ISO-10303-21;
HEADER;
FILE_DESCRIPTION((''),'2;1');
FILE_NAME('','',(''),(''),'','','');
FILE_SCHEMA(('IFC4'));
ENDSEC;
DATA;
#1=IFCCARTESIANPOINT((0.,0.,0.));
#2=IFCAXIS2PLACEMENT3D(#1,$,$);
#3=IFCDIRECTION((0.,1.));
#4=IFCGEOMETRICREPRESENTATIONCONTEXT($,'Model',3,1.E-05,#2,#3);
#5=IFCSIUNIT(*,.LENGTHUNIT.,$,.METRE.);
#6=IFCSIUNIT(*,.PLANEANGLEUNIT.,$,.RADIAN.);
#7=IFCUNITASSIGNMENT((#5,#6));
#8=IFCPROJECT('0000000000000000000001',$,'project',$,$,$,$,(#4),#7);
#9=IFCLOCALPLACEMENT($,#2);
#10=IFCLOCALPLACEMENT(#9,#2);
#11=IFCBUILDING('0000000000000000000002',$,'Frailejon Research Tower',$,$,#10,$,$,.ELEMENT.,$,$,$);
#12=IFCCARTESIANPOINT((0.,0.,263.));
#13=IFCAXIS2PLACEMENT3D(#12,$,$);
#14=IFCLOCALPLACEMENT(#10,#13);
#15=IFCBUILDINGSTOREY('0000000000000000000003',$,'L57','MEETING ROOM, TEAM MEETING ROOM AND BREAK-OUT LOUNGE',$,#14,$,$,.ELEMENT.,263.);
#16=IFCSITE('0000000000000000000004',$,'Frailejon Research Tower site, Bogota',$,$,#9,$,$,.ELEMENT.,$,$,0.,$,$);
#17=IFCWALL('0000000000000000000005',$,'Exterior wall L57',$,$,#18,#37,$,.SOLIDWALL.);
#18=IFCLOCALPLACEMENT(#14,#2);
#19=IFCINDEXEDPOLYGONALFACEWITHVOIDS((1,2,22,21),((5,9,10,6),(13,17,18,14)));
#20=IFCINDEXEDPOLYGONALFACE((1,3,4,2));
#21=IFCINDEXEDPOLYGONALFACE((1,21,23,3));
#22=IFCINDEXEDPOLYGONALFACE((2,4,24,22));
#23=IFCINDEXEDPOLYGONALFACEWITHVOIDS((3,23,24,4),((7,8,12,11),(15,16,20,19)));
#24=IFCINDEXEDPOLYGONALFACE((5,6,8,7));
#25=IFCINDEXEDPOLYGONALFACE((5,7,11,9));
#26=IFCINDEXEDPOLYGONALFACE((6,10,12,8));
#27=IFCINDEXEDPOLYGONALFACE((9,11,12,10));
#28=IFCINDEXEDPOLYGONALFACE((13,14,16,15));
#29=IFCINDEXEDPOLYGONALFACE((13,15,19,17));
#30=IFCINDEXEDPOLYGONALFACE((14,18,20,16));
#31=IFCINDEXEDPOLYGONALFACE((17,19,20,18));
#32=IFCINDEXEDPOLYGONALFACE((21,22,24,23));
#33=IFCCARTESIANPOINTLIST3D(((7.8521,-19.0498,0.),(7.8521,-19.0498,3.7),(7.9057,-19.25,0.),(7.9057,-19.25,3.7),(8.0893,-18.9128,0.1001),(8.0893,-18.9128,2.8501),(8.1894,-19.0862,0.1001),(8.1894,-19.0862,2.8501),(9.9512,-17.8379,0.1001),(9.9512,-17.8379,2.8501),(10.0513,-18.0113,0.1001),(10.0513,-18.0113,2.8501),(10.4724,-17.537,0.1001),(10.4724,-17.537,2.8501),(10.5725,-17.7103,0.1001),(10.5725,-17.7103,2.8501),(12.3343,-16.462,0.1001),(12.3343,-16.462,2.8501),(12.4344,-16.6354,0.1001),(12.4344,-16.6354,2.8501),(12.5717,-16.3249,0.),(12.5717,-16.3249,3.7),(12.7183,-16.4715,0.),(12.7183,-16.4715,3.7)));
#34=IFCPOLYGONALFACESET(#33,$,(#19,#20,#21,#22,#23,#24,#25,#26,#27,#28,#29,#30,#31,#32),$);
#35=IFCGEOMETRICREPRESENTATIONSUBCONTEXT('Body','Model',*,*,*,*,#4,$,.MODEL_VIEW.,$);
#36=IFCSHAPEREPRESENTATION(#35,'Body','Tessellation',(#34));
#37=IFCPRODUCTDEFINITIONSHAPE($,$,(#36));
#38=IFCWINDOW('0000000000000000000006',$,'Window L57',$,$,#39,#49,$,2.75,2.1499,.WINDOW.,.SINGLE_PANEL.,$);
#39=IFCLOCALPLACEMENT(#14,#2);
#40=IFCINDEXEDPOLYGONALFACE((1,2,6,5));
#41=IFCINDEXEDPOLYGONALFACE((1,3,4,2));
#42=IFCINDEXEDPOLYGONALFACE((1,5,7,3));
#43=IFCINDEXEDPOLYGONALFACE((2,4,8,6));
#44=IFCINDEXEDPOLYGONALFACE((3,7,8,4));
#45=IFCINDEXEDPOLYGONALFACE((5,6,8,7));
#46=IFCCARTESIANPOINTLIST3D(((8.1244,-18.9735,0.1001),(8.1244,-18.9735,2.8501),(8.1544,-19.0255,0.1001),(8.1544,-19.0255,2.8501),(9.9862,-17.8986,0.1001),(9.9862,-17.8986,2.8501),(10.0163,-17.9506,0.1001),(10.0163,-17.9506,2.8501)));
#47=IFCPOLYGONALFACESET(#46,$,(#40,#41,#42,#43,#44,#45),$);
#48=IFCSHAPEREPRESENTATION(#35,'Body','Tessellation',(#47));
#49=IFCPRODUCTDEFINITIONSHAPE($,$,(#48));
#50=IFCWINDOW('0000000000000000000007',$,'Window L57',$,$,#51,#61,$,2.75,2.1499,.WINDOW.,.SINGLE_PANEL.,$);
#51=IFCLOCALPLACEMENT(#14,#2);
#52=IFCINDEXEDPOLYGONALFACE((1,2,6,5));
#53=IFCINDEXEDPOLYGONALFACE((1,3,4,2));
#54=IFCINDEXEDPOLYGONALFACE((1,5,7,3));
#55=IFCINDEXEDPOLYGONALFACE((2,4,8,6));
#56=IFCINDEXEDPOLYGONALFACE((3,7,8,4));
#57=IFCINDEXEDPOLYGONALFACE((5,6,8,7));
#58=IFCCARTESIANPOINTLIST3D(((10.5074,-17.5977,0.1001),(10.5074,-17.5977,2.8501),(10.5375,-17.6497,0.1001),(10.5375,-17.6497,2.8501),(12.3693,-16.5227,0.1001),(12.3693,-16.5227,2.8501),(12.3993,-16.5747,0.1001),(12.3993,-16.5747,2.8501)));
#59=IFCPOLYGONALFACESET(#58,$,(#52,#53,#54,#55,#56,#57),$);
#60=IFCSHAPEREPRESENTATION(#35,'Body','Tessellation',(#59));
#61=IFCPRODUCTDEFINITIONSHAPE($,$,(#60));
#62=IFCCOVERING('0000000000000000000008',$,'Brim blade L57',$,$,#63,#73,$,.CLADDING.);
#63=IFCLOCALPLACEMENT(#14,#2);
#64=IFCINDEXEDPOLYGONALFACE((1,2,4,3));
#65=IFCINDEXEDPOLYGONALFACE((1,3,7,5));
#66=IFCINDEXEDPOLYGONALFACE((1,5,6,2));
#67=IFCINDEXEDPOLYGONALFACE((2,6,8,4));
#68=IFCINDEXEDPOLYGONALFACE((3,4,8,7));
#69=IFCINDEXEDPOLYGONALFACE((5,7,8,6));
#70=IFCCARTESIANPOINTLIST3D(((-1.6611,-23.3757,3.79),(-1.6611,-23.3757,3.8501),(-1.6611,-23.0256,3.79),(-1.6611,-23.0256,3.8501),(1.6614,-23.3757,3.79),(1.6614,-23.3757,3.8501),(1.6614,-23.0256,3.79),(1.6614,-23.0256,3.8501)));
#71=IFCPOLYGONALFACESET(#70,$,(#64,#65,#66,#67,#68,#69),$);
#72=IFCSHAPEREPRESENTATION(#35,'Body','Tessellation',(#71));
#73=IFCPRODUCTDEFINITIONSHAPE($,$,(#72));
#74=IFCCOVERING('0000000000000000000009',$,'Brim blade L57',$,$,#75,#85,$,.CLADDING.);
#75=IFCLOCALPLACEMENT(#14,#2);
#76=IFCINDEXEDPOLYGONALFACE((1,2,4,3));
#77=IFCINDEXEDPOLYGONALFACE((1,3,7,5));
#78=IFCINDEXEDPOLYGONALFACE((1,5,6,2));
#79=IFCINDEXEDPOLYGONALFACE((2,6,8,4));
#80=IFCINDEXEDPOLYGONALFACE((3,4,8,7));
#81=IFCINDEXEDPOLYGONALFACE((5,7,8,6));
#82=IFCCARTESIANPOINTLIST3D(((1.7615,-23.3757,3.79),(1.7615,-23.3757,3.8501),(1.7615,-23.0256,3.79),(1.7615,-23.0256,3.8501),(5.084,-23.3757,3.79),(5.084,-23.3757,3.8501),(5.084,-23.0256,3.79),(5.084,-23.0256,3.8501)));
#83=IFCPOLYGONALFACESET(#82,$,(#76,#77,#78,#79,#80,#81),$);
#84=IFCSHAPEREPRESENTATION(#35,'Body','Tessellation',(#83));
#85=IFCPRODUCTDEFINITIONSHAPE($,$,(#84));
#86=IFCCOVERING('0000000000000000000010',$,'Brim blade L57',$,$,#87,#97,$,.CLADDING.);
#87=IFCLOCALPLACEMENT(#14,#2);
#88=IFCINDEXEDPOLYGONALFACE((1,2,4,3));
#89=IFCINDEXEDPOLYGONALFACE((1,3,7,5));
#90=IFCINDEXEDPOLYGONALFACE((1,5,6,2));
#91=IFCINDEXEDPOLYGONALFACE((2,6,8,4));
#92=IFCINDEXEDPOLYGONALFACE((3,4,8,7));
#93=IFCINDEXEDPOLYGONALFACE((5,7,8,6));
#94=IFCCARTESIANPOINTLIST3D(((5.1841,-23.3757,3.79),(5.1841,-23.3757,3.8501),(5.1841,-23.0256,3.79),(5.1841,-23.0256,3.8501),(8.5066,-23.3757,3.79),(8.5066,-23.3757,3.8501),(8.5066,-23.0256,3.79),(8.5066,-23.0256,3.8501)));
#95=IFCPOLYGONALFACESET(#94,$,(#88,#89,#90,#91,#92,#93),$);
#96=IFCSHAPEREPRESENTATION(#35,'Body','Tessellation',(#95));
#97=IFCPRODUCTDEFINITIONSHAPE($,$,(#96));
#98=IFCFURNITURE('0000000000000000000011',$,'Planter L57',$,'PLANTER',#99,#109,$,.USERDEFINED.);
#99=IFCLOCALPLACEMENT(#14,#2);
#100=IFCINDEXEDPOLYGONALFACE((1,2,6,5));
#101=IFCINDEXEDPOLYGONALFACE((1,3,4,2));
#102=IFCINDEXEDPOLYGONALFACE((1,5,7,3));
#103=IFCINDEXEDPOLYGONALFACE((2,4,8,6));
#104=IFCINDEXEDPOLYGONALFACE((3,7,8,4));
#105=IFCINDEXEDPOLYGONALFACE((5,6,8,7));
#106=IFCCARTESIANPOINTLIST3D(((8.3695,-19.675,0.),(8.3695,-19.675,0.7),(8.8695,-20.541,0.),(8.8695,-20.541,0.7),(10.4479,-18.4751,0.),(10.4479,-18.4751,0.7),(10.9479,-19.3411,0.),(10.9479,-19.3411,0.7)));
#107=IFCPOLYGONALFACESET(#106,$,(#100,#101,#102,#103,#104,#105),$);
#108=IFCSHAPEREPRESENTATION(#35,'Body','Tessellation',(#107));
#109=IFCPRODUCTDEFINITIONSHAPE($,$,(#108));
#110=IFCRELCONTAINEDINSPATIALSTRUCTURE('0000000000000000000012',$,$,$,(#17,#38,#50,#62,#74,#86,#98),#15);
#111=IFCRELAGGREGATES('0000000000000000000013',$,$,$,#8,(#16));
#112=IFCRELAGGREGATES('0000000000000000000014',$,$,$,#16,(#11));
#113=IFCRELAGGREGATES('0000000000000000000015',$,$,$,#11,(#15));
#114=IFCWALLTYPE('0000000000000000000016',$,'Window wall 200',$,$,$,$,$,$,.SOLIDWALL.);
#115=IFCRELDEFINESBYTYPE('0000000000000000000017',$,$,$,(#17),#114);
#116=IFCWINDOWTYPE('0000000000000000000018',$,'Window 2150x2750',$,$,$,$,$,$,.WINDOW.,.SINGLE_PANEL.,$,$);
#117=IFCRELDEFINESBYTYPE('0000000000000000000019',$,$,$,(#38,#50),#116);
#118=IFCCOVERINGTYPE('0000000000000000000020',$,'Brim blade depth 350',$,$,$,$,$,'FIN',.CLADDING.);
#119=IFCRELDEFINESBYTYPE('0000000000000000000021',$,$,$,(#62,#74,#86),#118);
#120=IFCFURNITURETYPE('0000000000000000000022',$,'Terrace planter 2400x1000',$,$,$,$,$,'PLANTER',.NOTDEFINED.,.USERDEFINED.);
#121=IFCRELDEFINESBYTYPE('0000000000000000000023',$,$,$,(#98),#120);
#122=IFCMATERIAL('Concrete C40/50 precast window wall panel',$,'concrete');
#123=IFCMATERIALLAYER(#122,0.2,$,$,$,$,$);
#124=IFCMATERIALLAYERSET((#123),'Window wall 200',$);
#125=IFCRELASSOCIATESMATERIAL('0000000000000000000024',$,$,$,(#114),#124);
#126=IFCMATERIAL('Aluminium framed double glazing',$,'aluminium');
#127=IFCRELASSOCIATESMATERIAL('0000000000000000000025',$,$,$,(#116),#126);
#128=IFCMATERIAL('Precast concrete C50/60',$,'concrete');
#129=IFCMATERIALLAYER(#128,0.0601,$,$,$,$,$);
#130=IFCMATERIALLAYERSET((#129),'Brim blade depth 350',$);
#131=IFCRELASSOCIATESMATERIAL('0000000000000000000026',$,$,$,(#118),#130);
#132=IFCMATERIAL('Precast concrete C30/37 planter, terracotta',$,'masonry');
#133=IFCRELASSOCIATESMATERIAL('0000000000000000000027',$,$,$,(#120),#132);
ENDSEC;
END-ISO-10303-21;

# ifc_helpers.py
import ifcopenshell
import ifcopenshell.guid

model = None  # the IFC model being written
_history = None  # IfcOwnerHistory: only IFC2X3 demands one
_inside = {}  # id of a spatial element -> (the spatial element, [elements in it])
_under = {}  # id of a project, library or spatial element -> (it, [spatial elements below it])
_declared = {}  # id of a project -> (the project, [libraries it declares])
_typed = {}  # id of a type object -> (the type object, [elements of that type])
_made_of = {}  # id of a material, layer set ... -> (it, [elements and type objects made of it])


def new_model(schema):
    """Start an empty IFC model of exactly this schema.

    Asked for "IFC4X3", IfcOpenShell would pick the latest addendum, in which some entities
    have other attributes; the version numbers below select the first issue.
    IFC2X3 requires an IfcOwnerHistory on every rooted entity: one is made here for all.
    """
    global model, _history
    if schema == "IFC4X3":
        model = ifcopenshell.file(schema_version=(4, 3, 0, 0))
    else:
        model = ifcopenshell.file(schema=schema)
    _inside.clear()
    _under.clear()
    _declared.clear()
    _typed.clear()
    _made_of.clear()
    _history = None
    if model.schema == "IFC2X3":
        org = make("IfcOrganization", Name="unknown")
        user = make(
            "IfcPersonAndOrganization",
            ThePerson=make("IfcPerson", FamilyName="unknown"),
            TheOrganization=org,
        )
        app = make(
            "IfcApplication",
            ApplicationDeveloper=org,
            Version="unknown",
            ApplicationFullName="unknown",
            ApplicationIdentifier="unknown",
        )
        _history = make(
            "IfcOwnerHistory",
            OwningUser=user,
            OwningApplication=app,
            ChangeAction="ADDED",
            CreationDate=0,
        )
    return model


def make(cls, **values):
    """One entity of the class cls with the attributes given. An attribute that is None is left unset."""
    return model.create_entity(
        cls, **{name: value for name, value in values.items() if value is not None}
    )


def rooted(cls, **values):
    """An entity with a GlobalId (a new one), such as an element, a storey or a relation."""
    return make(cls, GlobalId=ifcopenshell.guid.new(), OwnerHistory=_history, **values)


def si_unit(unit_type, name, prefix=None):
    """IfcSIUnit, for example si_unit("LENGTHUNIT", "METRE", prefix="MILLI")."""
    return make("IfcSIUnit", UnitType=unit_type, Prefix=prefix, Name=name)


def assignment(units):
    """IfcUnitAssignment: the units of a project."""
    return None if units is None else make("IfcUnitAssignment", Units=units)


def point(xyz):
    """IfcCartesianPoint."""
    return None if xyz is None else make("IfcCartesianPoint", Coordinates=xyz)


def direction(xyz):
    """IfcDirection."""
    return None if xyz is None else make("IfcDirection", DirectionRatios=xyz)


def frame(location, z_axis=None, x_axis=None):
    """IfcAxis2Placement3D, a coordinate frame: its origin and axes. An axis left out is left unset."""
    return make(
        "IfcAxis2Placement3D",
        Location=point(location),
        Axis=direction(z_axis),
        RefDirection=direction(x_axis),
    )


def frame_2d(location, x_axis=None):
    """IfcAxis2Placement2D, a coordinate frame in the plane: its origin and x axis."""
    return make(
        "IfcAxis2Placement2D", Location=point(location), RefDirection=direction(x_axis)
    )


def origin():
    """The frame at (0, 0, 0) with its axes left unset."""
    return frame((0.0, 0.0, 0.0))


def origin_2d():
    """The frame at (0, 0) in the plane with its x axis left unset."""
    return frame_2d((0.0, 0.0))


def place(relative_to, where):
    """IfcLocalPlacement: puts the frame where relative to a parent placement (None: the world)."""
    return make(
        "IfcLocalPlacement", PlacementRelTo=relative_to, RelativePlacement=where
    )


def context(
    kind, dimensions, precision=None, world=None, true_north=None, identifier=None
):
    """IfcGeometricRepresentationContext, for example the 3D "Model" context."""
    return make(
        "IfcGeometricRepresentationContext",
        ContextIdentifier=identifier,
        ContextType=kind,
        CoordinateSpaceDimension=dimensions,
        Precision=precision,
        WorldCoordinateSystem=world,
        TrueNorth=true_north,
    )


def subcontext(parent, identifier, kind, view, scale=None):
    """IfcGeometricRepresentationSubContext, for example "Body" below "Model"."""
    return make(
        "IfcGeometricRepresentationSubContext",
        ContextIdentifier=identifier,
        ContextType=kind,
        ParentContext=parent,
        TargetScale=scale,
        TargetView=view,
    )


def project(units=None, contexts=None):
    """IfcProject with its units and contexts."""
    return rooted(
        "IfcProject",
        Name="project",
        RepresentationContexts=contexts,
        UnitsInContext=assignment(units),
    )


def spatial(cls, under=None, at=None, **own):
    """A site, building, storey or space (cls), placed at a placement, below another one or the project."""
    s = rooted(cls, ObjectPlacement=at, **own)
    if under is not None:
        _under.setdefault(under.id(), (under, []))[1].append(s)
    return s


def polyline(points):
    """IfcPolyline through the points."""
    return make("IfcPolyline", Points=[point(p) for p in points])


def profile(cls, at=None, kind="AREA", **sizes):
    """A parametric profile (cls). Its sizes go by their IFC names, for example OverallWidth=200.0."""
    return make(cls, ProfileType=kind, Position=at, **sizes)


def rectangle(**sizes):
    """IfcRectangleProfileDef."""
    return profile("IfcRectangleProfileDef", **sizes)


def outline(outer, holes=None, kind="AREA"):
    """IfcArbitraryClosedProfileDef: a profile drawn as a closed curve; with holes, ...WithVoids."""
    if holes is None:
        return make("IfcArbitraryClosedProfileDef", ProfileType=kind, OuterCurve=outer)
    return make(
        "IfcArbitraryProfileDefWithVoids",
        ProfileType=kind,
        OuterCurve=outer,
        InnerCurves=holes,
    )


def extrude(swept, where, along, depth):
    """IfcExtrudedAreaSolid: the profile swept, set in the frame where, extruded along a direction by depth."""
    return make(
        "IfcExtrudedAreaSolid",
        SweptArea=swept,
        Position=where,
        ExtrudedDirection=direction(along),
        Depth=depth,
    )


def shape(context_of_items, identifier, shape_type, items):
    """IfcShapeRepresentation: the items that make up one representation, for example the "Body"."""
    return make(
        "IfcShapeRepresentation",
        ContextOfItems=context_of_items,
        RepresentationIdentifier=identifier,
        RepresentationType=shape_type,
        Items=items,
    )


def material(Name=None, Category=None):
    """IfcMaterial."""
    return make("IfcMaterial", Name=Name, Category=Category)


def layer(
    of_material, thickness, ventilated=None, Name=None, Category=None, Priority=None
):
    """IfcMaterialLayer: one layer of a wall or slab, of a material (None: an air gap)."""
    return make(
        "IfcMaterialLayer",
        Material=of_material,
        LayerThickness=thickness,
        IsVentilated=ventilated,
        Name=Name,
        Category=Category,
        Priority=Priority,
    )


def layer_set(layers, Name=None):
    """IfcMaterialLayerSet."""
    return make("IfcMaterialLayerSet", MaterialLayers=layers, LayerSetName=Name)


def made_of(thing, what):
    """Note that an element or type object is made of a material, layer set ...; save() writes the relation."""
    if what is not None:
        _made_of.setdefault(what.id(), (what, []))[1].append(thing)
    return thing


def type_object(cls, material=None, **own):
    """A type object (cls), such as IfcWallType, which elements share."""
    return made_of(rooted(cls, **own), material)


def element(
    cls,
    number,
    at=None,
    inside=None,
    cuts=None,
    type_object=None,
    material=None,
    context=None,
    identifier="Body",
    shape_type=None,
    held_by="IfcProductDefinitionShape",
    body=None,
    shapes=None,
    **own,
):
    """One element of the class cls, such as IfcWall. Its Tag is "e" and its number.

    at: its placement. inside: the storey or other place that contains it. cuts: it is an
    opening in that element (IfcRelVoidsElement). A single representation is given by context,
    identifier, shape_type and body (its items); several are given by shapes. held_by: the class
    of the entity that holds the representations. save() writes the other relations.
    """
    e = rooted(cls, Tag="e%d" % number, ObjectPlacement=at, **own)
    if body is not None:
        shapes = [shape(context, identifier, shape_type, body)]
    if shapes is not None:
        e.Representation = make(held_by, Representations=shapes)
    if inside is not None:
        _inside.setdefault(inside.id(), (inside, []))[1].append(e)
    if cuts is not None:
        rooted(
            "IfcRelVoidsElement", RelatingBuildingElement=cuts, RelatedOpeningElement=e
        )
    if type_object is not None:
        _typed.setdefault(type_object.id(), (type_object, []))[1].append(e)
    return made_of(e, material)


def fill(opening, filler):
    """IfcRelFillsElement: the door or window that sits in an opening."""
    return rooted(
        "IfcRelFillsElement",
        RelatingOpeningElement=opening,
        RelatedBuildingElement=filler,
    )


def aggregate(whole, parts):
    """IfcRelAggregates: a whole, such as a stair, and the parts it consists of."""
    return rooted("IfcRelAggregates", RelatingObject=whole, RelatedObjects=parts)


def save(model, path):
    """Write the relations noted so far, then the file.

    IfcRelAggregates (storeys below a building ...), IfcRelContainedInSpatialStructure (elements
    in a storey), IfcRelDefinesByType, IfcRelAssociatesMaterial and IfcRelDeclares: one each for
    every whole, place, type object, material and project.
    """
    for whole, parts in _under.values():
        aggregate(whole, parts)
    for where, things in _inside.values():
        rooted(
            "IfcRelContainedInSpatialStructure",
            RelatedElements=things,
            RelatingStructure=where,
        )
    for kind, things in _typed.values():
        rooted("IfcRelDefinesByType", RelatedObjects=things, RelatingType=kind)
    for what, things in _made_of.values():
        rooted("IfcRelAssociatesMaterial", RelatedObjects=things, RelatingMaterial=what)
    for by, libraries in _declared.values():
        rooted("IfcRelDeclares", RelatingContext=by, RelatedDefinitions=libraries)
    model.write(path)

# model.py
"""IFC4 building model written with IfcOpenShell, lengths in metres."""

from ifc_helpers import new_model, si_unit, direction, frame, frame_2d, origin, origin_2d, place, context, subcontext, project, spatial, polyline, rectangle, outline, extrude, material, layer, layer_set, type_object, element, fill, save


model = new_model("IFC4")

# Units and contexts
model_context = context("Model", 3, precision=1e-05, world=origin(), true_north=direction((0.0, 1.0)))
body_context = subcontext(model_context, "Body", "Model", "MODEL_VIEW")
ifc_project = project(units=[si_unit("LENGTHUNIT", "METRE"), si_unit("PLANEANGLEUNIT", "RADIAN")], contexts=[model_context])

# Site, building, storey
site_placement = place(None, origin())
site = spatial("IfcSite", under=ifc_project, at=site_placement, Name="Frailejon Research Tower site, Bogota", CompositionType="ELEMENT", RefElevation=0.0)
building_placement = place(site_placement, origin())
building = spatial("IfcBuilding", under=site, at=building_placement, Name="Frailejon Research Tower", CompositionType="ELEMENT")
storey_placement = place(building_placement, frame((0.0, 0.0, 263.0)))
storey = spatial("IfcBuildingStorey", under=building, at=storey_placement, Name="L57", Description="MEETING ROOM, TEAM MEETING ROOM AND BREAK-OUT LOUNGE", CompositionType="ELEMENT", Elevation=263.0)

# Wall, openings, windows
ifc_material_1 = material(Name="Concrete C40/50 precast window wall panel", Category="concrete")
ifc_layer_1 = layer(ifc_material_1, 0.2)
ifc_layer_set_1 = layer_set([ifc_layer_1], Name="Window wall 200")
wall_type_1 = type_object("IfcWallType", Name="Window wall 200", PredefinedType="SOLIDWALL", material=ifc_layer_set_1)
wall_1_placement = place(storey_placement, frame((7.8789, -19.1499, 0.0), z_axis=(0.0, 0.0, 1.0), x_axis=(0.866026, 0.499999, 0.0)))
wall_1 = element("IfcWall", 1, at=wall_1_placement, inside=storey, type_object=wall_type_1, Name="Exterior wall L57", PredefinedType="SOLIDWALL", context=body_context, shape_type="SweptSolid", body=[
    extrude(outline(polyline([(-0.0269, -0.1001), (1.0845, -0.1001), (2.196, -0.1001), (3.3074, -0.1001), (4.4189, -0.1001), (5.5303, -0.1001), (5.4766, 0.1001), (4.3867, 0.1001), (3.2966, 0.1001), (2.2068, 0.1001), (1.1167, 0.1001), (0.0269, 0.1001), (-0.0269, -0.1001)])), origin(), (0.0, 0.0, 1.0), 3.7),
])
opening_1_placement = place(wall_1_placement, frame((0.3008, 0.0, 0.1001)))
opening_1 = element("IfcOpeningElement", 2, at=opening_1_placement, cuts=wall_1, PredefinedType="OPENING", context=body_context, shape_type="SweptSolid", body=[
    extrude(rectangle(XDim=2.1499, YDim=2.75, at=frame_2d((1.075, 1.375))), frame((0.0, 0.1099, 0.0), z_axis=(0.0, -1.0, 0.0), x_axis=(1.0, 0.0, 0.0)), (0.0, 0.0, 1.0), 0.22),
])
opening_2_placement = place(wall_1_placement, frame((3.0525, 0.0, 0.1001)))
opening_2 = element("IfcOpeningElement", 3, at=opening_2_placement, cuts=wall_1, PredefinedType="OPENING", context=body_context, shape_type="SweptSolid", body=[
    extrude(rectangle(XDim=2.1499, YDim=2.75, at=frame_2d((1.075, 1.375))), frame((0.0, 0.1099, 0.0), z_axis=(0.0, -1.0, 0.0), x_axis=(1.0, 0.0, 0.0)), (0.0, 0.0, 1.0), 0.22),
])
ifc_material_2 = material(Name="Aluminium framed double glazing", Category="aluminium")
window_type = type_object("IfcWindowType", Name="Window 2150x2750", PartitioningType="SINGLE_PANEL", PredefinedType="WINDOW", material=ifc_material_2)
window_1_placement = place(opening_1_placement, origin())
window_1 = element("IfcWindow", 4, at=window_1_placement, inside=storey, type_object=window_type, Name="Window L57", OverallHeight=2.75, OverallWidth=2.1499, PartitioningType="SINGLE_PANEL", PredefinedType="WINDOW", context=body_context, shape_type="SweptSolid", body=[
    extrude(rectangle(XDim=2.1499, YDim=2.75, at=frame_2d((1.075, 1.375))), frame((0.0, 0.03, 0.0), z_axis=(0.0, -1.0, 0.0), x_axis=(1.0, 0.0, 0.0)), (0.0, 0.0, 1.0), 0.0601),
])
fill(opening_1, window_1)
window_2_placement = place(opening_2_placement, origin())
window_2 = element("IfcWindow", 5, at=window_2_placement, inside=storey, type_object=window_type, Name="Window L57", OverallHeight=2.75, OverallWidth=2.1499, PartitioningType="SINGLE_PANEL", PredefinedType="WINDOW", context=body_context, shape_type="SweptSolid", body=[
    extrude(rectangle(XDim=2.1499, YDim=2.75, at=frame_2d((1.075, 1.375))), frame((0.0, 0.03, 0.0), z_axis=(0.0, -1.0, 0.0), x_axis=(1.0, 0.0, 0.0)), (0.0, 0.0, 1.0), 0.0601),
])
fill(opening_2, window_2)

# Coverings
ifc_material_3 = material(Name="Precast concrete C50/60", Category="concrete")
ifc_layer_2 = layer(ifc_material_3, 0.0601)
ifc_layer_set_2 = layer_set([ifc_layer_2], Name="Brim blade depth 350")
covering_type = type_object("IfcCoveringType", Name="Brim blade depth 350", ElementType="FIN", PredefinedType="CLADDING", material=ifc_layer_set_2)
for number, where, z_axis, x_axis, name in (
    (6, (1.6614, -23.0256, 3.8501), (-1.0, 0.0, 0.0), (0.0, -1.0, 0.0), "Brim blade L57"),
    (7, (5.084, -23.0256, 3.8501), (-1.0, 0.0, 0.0), (0.0, -1.0, 0.0), "Brim blade L57"),
    (8, (8.5066, -23.0256, 3.8501), (-1.0, 0.0, 0.0), (0.0, -1.0, 0.0), "Brim blade L57"),
):
    element("IfcCovering", number, at=place(storey_placement, frame(where, z_axis=z_axis, x_axis=x_axis)), inside=storey, type_object=covering_type, Name=name, PredefinedType="CLADDING", context=body_context, shape_type="SweptSolid", body=[
        extrude(outline(polyline([(0.0, -0.0601), (0.3501, -0.0601), (0.3501, 0.0), (0.0, 0.0), (0.0, -0.0601)])), origin(), (0.0, 0.0, 1.0), 3.3225),
    ])

# Furniture
ifc_material_4 = material(Name="Precast concrete C30/37 planter, terracotta", Category="masonry")
furniture_type = type_object("IfcFurnitureType", Name="Terrace planter 2400x1000", ElementType="PLANTER", AssemblyPlace="NOTDEFINED", PredefinedType="USERDEFINED", material=ifc_material_4)
furniture_placement = place(storey_placement, frame((9.6587, -19.5081, 0.0), z_axis=(0.0, 0.0, 1.0), x_axis=(0.866025, 0.5, 0.0)))
element("IfcFurniture", 9, at=furniture_placement, inside=storey, type_object=furniture_type, Name="Planter L57", ObjectType="PLANTER", PredefinedType="USERDEFINED", context=body_context, shape_type="SweptSolid", body=[
    extrude(rectangle(XDim=2.3999, YDim=1.0, at=origin_2d()), origin(), (0.0, 0.0, 1.0), 0.7),
])

save(model, "model.ifc")
